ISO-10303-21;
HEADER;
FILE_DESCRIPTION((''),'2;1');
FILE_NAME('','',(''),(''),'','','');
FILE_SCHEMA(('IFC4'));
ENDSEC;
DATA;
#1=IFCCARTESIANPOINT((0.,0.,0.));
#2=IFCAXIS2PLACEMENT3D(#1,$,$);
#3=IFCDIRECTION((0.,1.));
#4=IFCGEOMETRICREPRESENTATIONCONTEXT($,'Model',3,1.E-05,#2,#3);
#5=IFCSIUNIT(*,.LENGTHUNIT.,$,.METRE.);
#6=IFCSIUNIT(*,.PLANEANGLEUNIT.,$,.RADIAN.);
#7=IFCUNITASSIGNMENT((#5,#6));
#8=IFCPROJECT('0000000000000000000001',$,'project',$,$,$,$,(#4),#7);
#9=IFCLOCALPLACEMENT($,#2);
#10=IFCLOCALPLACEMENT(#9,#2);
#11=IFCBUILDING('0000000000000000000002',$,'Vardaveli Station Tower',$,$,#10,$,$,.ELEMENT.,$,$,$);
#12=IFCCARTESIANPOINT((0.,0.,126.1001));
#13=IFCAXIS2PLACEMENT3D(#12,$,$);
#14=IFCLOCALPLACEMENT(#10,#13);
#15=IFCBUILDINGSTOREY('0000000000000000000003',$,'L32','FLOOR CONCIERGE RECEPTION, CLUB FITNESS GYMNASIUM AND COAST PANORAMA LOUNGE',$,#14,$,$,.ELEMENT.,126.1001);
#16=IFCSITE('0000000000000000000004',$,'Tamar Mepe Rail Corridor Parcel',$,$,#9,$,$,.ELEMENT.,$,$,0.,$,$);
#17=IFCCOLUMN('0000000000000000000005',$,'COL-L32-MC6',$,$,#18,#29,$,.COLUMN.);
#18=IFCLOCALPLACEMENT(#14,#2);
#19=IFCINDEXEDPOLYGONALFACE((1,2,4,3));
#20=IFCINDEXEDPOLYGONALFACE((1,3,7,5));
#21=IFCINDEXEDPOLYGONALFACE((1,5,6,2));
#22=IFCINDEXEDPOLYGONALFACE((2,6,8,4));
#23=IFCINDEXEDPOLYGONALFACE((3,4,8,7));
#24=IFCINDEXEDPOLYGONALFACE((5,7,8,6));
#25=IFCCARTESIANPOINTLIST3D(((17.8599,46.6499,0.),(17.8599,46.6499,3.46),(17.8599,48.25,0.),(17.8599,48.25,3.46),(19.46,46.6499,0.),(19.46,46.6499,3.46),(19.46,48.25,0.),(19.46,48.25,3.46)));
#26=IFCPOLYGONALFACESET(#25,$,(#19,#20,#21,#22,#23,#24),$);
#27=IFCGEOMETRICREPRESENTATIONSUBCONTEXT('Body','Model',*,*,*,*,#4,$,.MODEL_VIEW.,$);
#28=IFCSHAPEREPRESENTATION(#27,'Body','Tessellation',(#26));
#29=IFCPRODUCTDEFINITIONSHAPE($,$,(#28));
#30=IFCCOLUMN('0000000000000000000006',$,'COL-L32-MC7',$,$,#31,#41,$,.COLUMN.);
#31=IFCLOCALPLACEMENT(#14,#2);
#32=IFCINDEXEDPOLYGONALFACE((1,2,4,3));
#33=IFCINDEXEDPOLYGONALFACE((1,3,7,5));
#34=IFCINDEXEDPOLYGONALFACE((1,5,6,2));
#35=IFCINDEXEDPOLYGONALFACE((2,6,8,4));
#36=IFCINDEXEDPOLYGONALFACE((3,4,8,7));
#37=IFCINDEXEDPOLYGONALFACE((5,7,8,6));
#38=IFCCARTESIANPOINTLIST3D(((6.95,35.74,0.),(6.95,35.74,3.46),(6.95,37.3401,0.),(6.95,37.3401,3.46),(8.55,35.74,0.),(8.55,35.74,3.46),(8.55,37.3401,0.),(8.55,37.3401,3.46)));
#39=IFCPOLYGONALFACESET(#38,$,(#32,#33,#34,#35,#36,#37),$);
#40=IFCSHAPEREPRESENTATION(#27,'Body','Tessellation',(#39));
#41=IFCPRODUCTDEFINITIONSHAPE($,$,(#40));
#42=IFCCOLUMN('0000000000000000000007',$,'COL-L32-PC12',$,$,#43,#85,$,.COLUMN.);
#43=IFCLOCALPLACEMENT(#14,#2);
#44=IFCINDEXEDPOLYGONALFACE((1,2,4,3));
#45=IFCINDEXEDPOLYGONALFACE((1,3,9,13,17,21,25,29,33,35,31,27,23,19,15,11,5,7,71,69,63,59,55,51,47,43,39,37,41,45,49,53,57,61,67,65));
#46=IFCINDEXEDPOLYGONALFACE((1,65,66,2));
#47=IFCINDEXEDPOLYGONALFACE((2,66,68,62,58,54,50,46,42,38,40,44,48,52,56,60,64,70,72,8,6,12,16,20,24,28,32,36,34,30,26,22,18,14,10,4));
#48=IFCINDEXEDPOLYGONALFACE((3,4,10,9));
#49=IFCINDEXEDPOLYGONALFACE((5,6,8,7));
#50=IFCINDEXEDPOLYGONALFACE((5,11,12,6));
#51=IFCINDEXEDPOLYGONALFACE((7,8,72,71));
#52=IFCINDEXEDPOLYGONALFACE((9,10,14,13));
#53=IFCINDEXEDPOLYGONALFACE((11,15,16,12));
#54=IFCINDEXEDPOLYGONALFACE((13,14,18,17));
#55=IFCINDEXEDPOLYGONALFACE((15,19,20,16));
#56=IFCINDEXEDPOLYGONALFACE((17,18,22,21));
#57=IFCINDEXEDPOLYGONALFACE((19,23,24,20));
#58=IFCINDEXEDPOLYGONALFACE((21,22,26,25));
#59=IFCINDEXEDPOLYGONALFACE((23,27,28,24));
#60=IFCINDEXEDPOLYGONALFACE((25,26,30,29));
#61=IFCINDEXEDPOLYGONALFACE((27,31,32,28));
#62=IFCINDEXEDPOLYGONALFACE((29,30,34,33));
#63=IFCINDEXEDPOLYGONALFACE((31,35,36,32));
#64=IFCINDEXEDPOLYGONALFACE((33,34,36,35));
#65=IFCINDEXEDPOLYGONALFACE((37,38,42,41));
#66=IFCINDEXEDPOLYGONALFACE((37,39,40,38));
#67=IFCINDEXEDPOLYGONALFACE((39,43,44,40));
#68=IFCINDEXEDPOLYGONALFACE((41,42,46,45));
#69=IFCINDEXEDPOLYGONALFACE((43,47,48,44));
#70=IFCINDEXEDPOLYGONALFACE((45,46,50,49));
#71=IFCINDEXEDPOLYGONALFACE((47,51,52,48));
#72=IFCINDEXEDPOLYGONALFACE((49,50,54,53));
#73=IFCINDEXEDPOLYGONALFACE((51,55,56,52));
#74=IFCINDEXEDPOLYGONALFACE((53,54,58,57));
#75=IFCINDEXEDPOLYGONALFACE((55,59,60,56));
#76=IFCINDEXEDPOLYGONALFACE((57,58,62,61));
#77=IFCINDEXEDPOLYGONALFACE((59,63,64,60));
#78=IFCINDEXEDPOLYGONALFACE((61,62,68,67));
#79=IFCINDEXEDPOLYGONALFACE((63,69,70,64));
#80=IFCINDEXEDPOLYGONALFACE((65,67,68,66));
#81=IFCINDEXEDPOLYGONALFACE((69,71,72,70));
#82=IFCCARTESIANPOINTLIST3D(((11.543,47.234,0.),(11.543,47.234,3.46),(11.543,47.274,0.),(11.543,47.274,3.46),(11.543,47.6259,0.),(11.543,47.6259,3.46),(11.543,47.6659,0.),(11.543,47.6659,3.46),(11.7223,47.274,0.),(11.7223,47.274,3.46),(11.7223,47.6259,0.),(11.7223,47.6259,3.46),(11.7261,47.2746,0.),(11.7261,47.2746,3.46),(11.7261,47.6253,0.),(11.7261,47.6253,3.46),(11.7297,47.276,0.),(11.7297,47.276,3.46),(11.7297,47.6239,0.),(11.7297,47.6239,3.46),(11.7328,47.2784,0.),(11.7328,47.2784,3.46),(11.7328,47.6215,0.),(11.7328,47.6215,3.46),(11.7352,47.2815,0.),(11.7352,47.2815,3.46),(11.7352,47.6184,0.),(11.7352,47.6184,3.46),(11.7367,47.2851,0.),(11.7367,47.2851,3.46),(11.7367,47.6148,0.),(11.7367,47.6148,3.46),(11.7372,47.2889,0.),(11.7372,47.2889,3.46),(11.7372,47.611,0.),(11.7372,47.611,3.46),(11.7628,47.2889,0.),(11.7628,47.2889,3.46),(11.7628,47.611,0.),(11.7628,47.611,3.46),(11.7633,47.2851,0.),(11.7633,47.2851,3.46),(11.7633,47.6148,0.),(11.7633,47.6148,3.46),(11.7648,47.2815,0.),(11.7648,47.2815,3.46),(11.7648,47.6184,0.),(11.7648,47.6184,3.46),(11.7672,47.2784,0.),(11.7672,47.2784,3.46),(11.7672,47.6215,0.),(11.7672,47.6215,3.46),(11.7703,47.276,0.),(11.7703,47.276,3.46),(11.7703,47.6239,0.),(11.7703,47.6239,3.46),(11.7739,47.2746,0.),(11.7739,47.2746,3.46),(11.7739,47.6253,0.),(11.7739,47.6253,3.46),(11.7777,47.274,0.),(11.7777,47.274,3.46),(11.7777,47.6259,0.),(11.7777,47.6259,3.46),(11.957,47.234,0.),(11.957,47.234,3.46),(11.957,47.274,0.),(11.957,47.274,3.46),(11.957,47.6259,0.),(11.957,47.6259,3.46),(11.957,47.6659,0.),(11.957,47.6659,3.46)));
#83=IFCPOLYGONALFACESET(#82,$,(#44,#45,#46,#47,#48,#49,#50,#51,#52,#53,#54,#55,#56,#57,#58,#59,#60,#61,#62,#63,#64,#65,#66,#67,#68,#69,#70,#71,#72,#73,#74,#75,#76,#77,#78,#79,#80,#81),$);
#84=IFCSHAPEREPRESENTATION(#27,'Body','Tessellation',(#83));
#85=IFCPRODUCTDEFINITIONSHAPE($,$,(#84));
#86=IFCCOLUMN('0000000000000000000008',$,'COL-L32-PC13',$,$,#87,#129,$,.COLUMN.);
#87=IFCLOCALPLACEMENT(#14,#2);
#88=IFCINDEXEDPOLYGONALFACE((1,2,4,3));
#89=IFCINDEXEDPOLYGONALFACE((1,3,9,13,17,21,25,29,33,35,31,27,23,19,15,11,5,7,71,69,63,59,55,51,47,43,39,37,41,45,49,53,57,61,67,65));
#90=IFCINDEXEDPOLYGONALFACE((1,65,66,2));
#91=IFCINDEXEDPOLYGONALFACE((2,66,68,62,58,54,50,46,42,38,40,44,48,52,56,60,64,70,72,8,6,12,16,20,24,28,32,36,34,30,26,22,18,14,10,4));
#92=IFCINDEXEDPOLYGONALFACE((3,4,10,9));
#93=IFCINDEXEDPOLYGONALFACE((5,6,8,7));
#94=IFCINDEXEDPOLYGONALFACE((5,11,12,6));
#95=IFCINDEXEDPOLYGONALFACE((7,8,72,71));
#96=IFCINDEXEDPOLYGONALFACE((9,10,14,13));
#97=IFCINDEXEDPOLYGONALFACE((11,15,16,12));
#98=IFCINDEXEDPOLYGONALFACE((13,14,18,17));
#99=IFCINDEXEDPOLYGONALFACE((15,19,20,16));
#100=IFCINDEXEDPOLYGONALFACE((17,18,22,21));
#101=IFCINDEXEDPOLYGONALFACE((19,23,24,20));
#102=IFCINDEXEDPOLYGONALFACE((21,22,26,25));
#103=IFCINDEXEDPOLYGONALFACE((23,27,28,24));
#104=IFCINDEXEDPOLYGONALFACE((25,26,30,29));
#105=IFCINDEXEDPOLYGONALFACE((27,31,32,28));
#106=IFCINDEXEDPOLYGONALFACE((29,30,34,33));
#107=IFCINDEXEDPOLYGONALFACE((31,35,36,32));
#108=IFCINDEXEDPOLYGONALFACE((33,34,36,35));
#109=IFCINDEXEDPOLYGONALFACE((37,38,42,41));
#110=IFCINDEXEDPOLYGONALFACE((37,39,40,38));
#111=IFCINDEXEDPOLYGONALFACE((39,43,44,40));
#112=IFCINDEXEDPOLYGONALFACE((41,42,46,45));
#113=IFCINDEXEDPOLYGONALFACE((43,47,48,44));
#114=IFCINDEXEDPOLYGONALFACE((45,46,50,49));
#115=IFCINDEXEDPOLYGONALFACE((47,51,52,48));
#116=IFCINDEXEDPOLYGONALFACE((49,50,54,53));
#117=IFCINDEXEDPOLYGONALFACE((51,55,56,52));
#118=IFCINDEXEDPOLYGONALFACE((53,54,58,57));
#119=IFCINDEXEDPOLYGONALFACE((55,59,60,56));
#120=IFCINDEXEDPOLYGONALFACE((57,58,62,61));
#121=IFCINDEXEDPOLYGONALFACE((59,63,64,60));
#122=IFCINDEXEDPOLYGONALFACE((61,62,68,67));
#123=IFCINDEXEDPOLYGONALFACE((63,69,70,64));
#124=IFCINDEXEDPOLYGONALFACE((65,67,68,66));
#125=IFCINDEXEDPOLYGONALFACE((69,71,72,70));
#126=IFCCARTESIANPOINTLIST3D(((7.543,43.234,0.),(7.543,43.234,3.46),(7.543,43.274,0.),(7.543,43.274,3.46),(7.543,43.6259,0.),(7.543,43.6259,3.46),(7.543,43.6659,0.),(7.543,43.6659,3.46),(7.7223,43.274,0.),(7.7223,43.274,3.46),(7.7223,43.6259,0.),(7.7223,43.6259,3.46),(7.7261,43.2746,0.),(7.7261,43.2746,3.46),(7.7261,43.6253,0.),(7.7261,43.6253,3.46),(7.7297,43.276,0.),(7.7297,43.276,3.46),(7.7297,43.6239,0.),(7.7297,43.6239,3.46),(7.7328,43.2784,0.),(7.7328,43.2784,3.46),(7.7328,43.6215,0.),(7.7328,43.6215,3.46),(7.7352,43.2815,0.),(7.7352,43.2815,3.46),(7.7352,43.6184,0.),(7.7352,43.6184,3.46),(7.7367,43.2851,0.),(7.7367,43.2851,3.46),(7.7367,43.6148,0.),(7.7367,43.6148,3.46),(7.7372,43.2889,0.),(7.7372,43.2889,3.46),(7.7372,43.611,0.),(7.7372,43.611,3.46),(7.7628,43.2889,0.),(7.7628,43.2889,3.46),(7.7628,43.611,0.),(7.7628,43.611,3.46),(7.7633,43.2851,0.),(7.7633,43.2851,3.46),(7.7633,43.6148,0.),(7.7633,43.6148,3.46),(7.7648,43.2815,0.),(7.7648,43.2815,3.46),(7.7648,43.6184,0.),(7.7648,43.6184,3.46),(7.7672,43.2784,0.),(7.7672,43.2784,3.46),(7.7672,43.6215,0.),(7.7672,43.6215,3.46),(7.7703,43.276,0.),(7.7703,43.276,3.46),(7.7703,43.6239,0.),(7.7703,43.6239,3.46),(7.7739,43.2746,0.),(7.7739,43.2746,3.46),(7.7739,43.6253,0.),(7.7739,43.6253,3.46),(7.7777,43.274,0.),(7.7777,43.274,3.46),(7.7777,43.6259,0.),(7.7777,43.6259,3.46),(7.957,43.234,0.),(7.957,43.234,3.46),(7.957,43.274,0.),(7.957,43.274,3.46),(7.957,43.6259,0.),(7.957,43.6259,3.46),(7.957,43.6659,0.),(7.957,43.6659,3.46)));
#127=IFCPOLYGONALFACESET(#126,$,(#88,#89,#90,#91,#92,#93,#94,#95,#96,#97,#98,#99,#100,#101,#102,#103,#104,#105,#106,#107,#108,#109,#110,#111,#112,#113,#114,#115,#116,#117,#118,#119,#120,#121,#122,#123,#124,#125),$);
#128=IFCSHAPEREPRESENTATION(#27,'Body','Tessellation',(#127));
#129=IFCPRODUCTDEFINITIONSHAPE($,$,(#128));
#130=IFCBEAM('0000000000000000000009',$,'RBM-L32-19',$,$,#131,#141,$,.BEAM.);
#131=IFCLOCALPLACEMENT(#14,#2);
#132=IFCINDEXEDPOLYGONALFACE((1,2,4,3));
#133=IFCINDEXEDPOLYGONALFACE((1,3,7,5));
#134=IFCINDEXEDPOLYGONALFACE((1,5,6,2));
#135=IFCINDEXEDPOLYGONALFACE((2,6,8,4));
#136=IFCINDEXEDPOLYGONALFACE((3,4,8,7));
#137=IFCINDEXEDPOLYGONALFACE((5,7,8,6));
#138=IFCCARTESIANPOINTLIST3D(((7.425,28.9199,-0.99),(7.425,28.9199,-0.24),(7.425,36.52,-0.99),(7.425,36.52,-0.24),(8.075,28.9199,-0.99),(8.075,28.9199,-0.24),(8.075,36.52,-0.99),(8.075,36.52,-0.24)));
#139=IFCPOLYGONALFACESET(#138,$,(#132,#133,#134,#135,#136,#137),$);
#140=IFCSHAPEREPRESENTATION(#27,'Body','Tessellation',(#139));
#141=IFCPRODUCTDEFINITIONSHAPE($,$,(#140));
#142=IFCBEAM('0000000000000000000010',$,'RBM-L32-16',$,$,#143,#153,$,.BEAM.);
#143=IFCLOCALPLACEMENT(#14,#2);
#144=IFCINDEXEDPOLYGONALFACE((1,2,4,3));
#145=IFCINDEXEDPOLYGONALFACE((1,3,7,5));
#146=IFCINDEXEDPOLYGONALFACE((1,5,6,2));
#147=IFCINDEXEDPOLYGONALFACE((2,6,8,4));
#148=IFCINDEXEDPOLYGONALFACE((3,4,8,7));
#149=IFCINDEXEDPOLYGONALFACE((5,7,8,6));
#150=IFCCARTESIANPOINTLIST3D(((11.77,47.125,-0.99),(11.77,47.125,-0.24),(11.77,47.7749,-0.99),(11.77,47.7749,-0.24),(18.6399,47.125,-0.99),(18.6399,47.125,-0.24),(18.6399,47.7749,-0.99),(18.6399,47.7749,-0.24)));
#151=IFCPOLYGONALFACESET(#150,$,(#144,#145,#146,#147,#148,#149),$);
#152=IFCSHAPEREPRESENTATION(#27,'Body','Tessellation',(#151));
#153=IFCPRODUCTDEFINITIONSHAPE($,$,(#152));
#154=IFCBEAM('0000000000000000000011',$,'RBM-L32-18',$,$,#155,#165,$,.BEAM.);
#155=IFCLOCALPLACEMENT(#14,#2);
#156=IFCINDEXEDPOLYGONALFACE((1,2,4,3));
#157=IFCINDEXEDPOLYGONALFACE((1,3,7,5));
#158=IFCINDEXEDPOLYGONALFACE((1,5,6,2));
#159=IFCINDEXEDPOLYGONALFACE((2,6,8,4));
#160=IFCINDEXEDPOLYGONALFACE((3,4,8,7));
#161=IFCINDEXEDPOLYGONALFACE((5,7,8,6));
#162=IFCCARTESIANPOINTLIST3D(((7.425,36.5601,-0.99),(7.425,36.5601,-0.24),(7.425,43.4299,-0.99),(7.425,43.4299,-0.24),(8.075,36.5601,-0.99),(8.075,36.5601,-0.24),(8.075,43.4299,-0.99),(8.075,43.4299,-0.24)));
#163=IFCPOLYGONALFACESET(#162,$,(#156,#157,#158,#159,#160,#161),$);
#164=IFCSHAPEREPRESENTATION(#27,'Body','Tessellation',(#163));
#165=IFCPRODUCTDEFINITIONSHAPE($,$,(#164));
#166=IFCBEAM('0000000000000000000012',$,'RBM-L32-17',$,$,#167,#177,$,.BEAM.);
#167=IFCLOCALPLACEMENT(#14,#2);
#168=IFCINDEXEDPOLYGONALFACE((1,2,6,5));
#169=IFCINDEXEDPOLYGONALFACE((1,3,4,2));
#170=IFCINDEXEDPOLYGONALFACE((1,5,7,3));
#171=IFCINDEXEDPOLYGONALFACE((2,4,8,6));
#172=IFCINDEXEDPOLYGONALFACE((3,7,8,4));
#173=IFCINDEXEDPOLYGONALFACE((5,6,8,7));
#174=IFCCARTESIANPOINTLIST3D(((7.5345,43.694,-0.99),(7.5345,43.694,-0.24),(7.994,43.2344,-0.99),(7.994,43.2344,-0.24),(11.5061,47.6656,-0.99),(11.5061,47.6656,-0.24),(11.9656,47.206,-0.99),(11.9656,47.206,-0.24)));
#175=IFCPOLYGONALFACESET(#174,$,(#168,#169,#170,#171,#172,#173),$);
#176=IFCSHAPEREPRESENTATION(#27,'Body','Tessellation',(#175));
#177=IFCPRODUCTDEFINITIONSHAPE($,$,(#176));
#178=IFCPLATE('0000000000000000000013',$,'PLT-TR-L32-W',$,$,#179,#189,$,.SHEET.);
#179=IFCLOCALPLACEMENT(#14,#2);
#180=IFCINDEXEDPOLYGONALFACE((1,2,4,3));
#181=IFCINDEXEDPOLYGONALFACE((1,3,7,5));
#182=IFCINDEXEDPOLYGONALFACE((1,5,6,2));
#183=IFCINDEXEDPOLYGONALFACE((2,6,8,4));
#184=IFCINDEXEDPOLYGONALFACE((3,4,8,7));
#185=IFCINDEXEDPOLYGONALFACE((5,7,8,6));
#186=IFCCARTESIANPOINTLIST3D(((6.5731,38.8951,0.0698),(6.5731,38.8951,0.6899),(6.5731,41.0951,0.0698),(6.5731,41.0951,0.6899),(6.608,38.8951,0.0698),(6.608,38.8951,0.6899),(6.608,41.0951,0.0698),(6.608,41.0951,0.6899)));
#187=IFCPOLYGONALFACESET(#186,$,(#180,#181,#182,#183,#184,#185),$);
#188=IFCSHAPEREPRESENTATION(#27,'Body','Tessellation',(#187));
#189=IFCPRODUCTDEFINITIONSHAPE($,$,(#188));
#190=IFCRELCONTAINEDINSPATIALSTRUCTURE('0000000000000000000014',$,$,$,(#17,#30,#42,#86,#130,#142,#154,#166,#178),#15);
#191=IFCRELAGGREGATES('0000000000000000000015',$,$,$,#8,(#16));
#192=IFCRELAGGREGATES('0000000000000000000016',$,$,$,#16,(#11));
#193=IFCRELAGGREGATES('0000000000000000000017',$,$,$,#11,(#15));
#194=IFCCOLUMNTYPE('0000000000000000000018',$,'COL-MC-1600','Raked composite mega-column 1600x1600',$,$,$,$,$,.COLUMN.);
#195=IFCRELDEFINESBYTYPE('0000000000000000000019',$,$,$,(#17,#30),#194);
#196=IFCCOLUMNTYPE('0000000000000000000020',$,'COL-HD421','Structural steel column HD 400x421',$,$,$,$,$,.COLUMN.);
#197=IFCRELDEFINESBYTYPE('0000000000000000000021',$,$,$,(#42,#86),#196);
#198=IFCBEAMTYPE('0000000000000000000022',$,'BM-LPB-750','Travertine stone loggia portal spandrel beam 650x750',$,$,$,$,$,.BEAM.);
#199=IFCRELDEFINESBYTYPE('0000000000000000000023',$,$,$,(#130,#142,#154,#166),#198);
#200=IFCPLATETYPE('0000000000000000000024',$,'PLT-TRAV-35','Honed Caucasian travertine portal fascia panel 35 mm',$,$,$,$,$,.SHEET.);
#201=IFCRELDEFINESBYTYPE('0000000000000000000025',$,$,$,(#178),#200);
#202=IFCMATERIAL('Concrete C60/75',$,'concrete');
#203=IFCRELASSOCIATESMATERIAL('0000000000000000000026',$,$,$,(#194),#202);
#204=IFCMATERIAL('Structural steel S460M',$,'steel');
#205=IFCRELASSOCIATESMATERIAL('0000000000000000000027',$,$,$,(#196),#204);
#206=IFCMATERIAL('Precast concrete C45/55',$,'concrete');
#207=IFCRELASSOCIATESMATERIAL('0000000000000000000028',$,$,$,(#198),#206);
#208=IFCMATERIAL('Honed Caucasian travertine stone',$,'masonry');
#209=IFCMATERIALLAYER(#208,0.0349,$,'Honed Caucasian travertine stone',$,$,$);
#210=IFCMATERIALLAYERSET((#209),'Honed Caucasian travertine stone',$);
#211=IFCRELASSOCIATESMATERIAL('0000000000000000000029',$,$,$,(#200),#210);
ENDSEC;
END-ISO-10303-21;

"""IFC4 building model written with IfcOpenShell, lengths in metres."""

from ifc_helpers import new_model, si_unit, direction, frame, origin, origin_2d, place, context, subcontext, project, spatial, rectangle, i_section, extrude, source, transform, mapped, material, layer, layer_set, material_profile, profile_set, type_object, element, save


model = new_model("IFC4")

# Units and contexts
model_context = context("Model", 3, precision=1e-05, world=origin(), true_north=direction((0.0, 1.0)))
body_context = subcontext(model_context, "Body", "Model", "MODEL_VIEW")
ifc_project = project(units=[si_unit("LENGTHUNIT", "METRE"), si_unit("PLANEANGLEUNIT", "RADIAN")], contexts=[model_context])

# Site, building, storey
site_placement = place(None, origin())
site = spatial("IfcSite", under=ifc_project, at=site_placement, Name="Tamar Mepe Rail Corridor Parcel", CompositionType="ELEMENT", RefElevation=0.0)
building_placement = place(site_placement, origin())
building = spatial("IfcBuilding", under=site, at=building_placement, Name="Vardaveli Station Tower", CompositionType="ELEMENT")
storey_placement = place(building_placement, frame((0.0, 0.0, 126.1001)))
storey = spatial("IfcBuildingStorey", under=building, at=storey_placement, Name="L32", Description="FLOOR CONCIERGE RECEPTION, CLUB FITNESS GYMNASIUM AND COAST PANORAMA LOUNGE", CompositionType="ELEMENT", Elevation=126.1001)

# Columns
ifc_material_1 = material(Name="Concrete C60/75", Category="concrete")
ifc_material_profile_1 = material_profile(ifc_material_1, rectangle(XDim=1.6001, YDim=1.6001, at=origin_2d()), Name="MC 1600x1600")
ifc_profile_set_1 = profile_set([ifc_material_profile_1], Name="Concrete C60/75")
column_type_1 = type_object("IfcColumnType", Name="COL-MC-1600", Description="Raked composite mega-column 1600x1600", PredefinedType="COLUMN", material=ifc_profile_set_1)
shared_shape_1 = source(origin(), body_context, "Body", "SweptSolid", [
    extrude(rectangle(XDim=1.6001, YDim=1.6001, at=origin_2d()), origin(), (0.0, 0.0, 1.0), 3.46),
])
for number, where, z_axis, x_axis, name in (
    (1, (18.6599, 47.45, 0.0), (0.0, 0.0, 1.0), (1.0, 0.0, 0.0), "COL-L32-MC6"),
    (2, (7.75, 36.54, 0.0), (0.0, 0.0, 1.0), (1.0, 0.0, 0.0), "COL-L32-MC7"),
):
    element("IfcColumn", number, at=place(storey_placement, frame(where, z_axis=z_axis, x_axis=x_axis)), inside=storey, type_object=column_type_1, Name=name, PredefinedType="COLUMN", context=body_context, shape_type="MappedRepresentation", body=[
        mapped(shared_shape_1, transform((0.0, 0.0, 0.0), scale=1.0)),
    ])
ifc_material_2 = material(Name="Structural steel S460M", Category="steel")
ifc_material_profile_2 = material_profile(ifc_material_2, i_section(OverallWidth=0.4141, OverallDepth=0.4319, WebThickness=0.0256, FlangeThickness=0.04, FilletRadius=0.0149, at=origin_2d()), Name="HD 400x421")
ifc_profile_set_2 = profile_set([ifc_material_profile_2], Name="Structural steel S460M")
column_type_2 = type_object("IfcColumnType", Name="COL-HD421", Description="Structural steel column HD 400x421", PredefinedType="COLUMN", material=ifc_profile_set_2)
shared_shape_2 = source(origin(), body_context, "Body", "SweptSolid", [
    extrude(i_section(OverallWidth=0.4141, OverallDepth=0.4319, WebThickness=0.0256, FlangeThickness=0.04, FilletRadius=0.0149, at=origin_2d()), origin(), (0.0, 0.0, 1.0), 3.46),
])
for number, where, z_axis, x_axis, name in (
    (3, (11.75, 47.45, 0.0), (0.0, 0.0, 1.0), (1.0, 0.0, 0.0), "COL-L32-PC12"),
    (4, (7.75, 43.45, 0.0), (0.0, 0.0, 1.0), (1.0, 0.0, 0.0), "COL-L32-PC13"),
):
    element("IfcColumn", number, at=place(storey_placement, frame(where, z_axis=z_axis, x_axis=x_axis)), inside=storey, type_object=column_type_2, Name=name, PredefinedType="COLUMN", context=body_context, shape_type="MappedRepresentation", body=[
        mapped(shared_shape_2, transform((0.0, 0.0, 0.0), scale=1.0)),
    ])

# Beams
ifc_material_3 = material(Name="Precast concrete C45/55", Category="concrete")
ifc_material_profile_3 = material_profile(ifc_material_3, rectangle(XDim=0.6499, YDim=0.75, at=origin_2d()), Name="LPB 650x750")
ifc_profile_set_3 = profile_set([ifc_material_profile_3], Name="Precast concrete C45/55")
beam_type = type_object("IfcBeamType", Name="BM-LPB-750", Description="Travertine stone loggia portal spandrel beam 650x750", PredefinedType="BEAM", material=ifc_profile_set_3)
shared_shape_3 = source(origin(), body_context, "Body", "SweptSolid", [
    extrude(rectangle(XDim=0.6499, YDim=0.75, at=origin_2d()), origin(), (0.0, 0.0, 1.0), 7.6001),
])
beam_1_placement = place(storey_placement, frame((7.75, 36.52, -0.615), z_axis=(0.0, -1.0, 0.0), x_axis=(1.0, 0.0, 0.0)))
element("IfcBeam", 5, at=beam_1_placement, inside=storey, type_object=beam_type, Name="RBM-L32-19", PredefinedType="BEAM", context=body_context, shape_type="MappedRepresentation", body=[
    mapped(shared_shape_3, transform((0.0, 0.0, 0.0), scale=1.0)),
])
shared_shape_4 = source(origin(), body_context, "Body", "SweptSolid", [
    extrude(rectangle(XDim=0.6499, YDim=0.75, at=origin_2d()), origin(), (0.0, 0.0, 1.0), 6.8699),
])
for number, where, z_axis, x_axis, name in (
    (6, (18.6399, 47.45, -0.615), (-1.0, 0.0, 0.0), (0.0, -1.0, 0.0), "RBM-L32-16"),
    (7, (7.75, 43.4299, -0.615), (0.0, -1.0, 0.0), (1.0, 0.0, 0.0), "RBM-L32-18"),
):
    element("IfcBeam", number, at=place(storey_placement, frame(where, z_axis=z_axis, x_axis=x_axis)), inside=storey, type_object=beam_type, Name=name, PredefinedType="BEAM", context=body_context, shape_type="MappedRepresentation", body=[
        mapped(shared_shape_4, transform((0.0, 0.0, 0.0), scale=1.0)),
    ])
shared_shape_5 = source(origin(), body_context, "Body", "SweptSolid", [
    extrude(rectangle(XDim=0.6499, YDim=0.75, at=origin_2d()), origin(), (0.0, 0.0, 1.0), 5.6167),
])
beam_2_placement = place(storey_placement, frame((11.7358, 47.4358, -0.615), z_axis=(-0.707107, -0.707107, 0.0), x_axis=(0.707107, -0.707107, 0.0)))
element("IfcBeam", 8, at=beam_2_placement, inside=storey, type_object=beam_type, Name="RBM-L32-17", PredefinedType="BEAM", context=body_context, shape_type="MappedRepresentation", body=[
    mapped(shared_shape_5, transform((0.0, 0.0, 0.0), scale=1.0)),
])

# Plate
ifc_material_4 = material(Name="Honed Caucasian travertine stone", Category="masonry")
ifc_layer_1 = layer(ifc_material_4, 0.0349, Name="Honed Caucasian travertine stone")
ifc_layer_set_1 = layer_set([ifc_layer_1], Name="Honed Caucasian travertine stone")
plate_type = type_object("IfcPlateType", Name="PLT-TRAV-35", Description="Honed Caucasian travertine portal fascia panel 35 mm", PredefinedType="SHEET", material=ifc_layer_set_1)
shared_shape_6 = source(origin(), body_context, "Body", "SweptSolid", [
    extrude(rectangle(XDim=2.2, YDim=0.0349, at=origin_2d()), origin(), (0.0, 0.0, 1.0), 0.6201),
])
plate_placement = place(storey_placement, frame((6.5906, 39.9951, 0.0698), z_axis=(0.0, 0.0, 1.0), x_axis=(0.0, 1.0, 0.0)))
element("IfcPlate", 9, at=plate_placement, inside=storey, type_object=plate_type, Name="PLT-TR-L32-W", PredefinedType="SHEET", context=body_context, shape_type="MappedRepresentation", body=[
    mapped(shared_shape_6, transform((0.0, 0.0, 0.0), scale=1.0)),
])

save(model, "model.ifc")
